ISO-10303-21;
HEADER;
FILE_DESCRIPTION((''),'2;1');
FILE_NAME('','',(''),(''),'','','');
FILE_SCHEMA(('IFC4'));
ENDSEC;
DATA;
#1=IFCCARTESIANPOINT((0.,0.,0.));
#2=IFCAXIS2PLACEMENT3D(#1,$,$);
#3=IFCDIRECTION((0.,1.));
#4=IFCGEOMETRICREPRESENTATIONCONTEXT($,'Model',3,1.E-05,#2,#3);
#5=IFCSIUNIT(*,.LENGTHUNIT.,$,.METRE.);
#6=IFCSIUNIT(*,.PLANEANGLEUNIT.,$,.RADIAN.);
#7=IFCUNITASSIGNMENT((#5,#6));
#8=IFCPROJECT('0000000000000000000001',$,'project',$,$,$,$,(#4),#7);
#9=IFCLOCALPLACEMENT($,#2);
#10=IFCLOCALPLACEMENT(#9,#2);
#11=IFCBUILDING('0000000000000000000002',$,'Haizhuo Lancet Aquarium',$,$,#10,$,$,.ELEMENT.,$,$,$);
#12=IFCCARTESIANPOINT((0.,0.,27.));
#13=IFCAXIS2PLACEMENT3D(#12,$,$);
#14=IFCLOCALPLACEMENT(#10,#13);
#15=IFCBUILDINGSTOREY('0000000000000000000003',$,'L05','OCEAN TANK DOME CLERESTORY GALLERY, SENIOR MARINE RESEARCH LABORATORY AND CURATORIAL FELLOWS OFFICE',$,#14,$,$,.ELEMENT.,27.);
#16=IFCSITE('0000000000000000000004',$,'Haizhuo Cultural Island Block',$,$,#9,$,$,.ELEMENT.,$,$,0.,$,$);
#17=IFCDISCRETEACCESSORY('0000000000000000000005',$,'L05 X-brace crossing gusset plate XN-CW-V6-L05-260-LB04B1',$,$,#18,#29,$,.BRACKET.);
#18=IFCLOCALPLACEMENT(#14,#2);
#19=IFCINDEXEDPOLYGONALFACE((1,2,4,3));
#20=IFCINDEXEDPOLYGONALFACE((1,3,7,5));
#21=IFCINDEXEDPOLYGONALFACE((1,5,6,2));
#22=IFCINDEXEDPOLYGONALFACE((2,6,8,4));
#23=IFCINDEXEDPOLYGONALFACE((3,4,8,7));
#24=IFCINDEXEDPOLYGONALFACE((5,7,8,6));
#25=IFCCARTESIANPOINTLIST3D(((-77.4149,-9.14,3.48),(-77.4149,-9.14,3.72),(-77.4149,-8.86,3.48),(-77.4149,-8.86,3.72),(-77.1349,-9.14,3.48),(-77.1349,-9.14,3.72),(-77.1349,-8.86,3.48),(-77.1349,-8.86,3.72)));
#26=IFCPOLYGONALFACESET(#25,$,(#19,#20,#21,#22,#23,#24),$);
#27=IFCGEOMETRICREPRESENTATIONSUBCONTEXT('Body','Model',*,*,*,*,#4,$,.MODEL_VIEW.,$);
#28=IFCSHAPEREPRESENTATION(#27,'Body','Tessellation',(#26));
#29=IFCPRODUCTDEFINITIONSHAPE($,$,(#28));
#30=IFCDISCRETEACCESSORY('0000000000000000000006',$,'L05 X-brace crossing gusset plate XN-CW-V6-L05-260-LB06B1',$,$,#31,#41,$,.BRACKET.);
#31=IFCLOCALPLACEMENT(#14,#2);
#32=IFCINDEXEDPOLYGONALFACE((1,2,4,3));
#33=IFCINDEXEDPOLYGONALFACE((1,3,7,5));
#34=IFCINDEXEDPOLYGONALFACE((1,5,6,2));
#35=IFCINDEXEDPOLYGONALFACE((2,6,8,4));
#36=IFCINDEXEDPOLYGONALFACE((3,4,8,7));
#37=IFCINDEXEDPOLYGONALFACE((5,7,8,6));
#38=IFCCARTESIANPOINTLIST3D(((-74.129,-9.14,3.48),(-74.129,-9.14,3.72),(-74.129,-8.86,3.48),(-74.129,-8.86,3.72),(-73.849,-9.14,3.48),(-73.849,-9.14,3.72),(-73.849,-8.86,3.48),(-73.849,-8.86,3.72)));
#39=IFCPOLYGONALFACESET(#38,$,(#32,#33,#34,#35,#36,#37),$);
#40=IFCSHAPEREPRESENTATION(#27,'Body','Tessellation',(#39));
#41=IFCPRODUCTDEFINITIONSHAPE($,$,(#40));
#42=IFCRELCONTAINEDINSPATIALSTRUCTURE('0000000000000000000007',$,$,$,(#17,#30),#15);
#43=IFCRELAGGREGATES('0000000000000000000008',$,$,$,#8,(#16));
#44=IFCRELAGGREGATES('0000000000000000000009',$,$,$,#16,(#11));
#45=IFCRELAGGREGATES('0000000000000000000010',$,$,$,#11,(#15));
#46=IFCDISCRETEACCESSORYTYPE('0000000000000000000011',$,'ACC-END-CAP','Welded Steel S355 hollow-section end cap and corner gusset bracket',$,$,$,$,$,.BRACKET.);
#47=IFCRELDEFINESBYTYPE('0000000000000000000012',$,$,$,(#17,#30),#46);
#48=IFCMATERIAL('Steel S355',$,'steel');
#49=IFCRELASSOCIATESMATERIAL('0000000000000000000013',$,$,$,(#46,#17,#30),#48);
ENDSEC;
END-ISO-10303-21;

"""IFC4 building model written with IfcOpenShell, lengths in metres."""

from ifc_helpers import new_model, si_unit, direction, frame, origin, origin_2d, place, context, subcontext, project, spatial, rectangle, extrude, material, type_object, element, save


model = new_model("IFC4")

# Units and contexts
model_context = context("Model", 3, precision=1e-05, world=origin(), true_north=direction((0.0, 1.0)))
body_context = subcontext(model_context, "Body", "Model", "MODEL_VIEW")
ifc_project = project(units=[si_unit("LENGTHUNIT", "METRE"), si_unit("PLANEANGLEUNIT", "RADIAN")], contexts=[model_context])

# Site, building, storey
site_placement = place(None, origin())
site = spatial("IfcSite", under=ifc_project, at=site_placement, Name="Haizhuo Cultural Island Block", CompositionType="ELEMENT", RefElevation=0.0)
building_placement = place(site_placement, origin())
building = spatial("IfcBuilding", under=site, at=building_placement, Name="Haizhuo Lancet Aquarium", CompositionType="ELEMENT")
storey_placement = place(building_placement, frame((0.0, 0.0, 27.0)))
storey = spatial("IfcBuildingStorey", under=building, at=storey_placement, Name="L05", Description="OCEAN TANK DOME CLERESTORY GALLERY, SENIOR MARINE RESEARCH LABORATORY AND CURATORIAL FELLOWS OFFICE", CompositionType="ELEMENT", Elevation=27.0)

# Shared definitions
ifc_material_1 = material(Name="Steel S355", Category="steel")

# Discrete accessories
discrete_accessory_type = type_object("IfcDiscreteAccessoryType", Name="ACC-END-CAP", Description="Welded Steel S355 hollow-section end cap and corner gusset bracket", PredefinedType="BRACKET", material=ifc_material_1)
for number, where, z_axis, x_axis, name in (
    (1, (-77.2749, -9.0, 3.48), (0.0, 0.0, 1.0), (1.0, 0.0, 0.0), "L05 X-brace crossing gusset plate XN-CW-V6-L05-260-LB04B1"),
    (2, (-73.989, -9.0, 3.48), (0.0, 0.0, 1.0), (1.0, 0.0, 0.0), "L05 X-brace crossing gusset plate XN-CW-V6-L05-260-LB06B1"),
):
    element("IfcDiscreteAccessory", number, at=place(storey_placement, frame(where, z_axis=z_axis, x_axis=x_axis)), inside=storey, type_object=discrete_accessory_type, material=ifc_material_1, Name=name, PredefinedType="BRACKET", context=body_context, shape_type="SweptSolid", body=[
        extrude(rectangle(XDim=0.28, YDim=0.28, at=origin_2d()), origin(), (0.0, 0.0, 1.0), 0.24),
    ])

save(model, "model.ifc")
